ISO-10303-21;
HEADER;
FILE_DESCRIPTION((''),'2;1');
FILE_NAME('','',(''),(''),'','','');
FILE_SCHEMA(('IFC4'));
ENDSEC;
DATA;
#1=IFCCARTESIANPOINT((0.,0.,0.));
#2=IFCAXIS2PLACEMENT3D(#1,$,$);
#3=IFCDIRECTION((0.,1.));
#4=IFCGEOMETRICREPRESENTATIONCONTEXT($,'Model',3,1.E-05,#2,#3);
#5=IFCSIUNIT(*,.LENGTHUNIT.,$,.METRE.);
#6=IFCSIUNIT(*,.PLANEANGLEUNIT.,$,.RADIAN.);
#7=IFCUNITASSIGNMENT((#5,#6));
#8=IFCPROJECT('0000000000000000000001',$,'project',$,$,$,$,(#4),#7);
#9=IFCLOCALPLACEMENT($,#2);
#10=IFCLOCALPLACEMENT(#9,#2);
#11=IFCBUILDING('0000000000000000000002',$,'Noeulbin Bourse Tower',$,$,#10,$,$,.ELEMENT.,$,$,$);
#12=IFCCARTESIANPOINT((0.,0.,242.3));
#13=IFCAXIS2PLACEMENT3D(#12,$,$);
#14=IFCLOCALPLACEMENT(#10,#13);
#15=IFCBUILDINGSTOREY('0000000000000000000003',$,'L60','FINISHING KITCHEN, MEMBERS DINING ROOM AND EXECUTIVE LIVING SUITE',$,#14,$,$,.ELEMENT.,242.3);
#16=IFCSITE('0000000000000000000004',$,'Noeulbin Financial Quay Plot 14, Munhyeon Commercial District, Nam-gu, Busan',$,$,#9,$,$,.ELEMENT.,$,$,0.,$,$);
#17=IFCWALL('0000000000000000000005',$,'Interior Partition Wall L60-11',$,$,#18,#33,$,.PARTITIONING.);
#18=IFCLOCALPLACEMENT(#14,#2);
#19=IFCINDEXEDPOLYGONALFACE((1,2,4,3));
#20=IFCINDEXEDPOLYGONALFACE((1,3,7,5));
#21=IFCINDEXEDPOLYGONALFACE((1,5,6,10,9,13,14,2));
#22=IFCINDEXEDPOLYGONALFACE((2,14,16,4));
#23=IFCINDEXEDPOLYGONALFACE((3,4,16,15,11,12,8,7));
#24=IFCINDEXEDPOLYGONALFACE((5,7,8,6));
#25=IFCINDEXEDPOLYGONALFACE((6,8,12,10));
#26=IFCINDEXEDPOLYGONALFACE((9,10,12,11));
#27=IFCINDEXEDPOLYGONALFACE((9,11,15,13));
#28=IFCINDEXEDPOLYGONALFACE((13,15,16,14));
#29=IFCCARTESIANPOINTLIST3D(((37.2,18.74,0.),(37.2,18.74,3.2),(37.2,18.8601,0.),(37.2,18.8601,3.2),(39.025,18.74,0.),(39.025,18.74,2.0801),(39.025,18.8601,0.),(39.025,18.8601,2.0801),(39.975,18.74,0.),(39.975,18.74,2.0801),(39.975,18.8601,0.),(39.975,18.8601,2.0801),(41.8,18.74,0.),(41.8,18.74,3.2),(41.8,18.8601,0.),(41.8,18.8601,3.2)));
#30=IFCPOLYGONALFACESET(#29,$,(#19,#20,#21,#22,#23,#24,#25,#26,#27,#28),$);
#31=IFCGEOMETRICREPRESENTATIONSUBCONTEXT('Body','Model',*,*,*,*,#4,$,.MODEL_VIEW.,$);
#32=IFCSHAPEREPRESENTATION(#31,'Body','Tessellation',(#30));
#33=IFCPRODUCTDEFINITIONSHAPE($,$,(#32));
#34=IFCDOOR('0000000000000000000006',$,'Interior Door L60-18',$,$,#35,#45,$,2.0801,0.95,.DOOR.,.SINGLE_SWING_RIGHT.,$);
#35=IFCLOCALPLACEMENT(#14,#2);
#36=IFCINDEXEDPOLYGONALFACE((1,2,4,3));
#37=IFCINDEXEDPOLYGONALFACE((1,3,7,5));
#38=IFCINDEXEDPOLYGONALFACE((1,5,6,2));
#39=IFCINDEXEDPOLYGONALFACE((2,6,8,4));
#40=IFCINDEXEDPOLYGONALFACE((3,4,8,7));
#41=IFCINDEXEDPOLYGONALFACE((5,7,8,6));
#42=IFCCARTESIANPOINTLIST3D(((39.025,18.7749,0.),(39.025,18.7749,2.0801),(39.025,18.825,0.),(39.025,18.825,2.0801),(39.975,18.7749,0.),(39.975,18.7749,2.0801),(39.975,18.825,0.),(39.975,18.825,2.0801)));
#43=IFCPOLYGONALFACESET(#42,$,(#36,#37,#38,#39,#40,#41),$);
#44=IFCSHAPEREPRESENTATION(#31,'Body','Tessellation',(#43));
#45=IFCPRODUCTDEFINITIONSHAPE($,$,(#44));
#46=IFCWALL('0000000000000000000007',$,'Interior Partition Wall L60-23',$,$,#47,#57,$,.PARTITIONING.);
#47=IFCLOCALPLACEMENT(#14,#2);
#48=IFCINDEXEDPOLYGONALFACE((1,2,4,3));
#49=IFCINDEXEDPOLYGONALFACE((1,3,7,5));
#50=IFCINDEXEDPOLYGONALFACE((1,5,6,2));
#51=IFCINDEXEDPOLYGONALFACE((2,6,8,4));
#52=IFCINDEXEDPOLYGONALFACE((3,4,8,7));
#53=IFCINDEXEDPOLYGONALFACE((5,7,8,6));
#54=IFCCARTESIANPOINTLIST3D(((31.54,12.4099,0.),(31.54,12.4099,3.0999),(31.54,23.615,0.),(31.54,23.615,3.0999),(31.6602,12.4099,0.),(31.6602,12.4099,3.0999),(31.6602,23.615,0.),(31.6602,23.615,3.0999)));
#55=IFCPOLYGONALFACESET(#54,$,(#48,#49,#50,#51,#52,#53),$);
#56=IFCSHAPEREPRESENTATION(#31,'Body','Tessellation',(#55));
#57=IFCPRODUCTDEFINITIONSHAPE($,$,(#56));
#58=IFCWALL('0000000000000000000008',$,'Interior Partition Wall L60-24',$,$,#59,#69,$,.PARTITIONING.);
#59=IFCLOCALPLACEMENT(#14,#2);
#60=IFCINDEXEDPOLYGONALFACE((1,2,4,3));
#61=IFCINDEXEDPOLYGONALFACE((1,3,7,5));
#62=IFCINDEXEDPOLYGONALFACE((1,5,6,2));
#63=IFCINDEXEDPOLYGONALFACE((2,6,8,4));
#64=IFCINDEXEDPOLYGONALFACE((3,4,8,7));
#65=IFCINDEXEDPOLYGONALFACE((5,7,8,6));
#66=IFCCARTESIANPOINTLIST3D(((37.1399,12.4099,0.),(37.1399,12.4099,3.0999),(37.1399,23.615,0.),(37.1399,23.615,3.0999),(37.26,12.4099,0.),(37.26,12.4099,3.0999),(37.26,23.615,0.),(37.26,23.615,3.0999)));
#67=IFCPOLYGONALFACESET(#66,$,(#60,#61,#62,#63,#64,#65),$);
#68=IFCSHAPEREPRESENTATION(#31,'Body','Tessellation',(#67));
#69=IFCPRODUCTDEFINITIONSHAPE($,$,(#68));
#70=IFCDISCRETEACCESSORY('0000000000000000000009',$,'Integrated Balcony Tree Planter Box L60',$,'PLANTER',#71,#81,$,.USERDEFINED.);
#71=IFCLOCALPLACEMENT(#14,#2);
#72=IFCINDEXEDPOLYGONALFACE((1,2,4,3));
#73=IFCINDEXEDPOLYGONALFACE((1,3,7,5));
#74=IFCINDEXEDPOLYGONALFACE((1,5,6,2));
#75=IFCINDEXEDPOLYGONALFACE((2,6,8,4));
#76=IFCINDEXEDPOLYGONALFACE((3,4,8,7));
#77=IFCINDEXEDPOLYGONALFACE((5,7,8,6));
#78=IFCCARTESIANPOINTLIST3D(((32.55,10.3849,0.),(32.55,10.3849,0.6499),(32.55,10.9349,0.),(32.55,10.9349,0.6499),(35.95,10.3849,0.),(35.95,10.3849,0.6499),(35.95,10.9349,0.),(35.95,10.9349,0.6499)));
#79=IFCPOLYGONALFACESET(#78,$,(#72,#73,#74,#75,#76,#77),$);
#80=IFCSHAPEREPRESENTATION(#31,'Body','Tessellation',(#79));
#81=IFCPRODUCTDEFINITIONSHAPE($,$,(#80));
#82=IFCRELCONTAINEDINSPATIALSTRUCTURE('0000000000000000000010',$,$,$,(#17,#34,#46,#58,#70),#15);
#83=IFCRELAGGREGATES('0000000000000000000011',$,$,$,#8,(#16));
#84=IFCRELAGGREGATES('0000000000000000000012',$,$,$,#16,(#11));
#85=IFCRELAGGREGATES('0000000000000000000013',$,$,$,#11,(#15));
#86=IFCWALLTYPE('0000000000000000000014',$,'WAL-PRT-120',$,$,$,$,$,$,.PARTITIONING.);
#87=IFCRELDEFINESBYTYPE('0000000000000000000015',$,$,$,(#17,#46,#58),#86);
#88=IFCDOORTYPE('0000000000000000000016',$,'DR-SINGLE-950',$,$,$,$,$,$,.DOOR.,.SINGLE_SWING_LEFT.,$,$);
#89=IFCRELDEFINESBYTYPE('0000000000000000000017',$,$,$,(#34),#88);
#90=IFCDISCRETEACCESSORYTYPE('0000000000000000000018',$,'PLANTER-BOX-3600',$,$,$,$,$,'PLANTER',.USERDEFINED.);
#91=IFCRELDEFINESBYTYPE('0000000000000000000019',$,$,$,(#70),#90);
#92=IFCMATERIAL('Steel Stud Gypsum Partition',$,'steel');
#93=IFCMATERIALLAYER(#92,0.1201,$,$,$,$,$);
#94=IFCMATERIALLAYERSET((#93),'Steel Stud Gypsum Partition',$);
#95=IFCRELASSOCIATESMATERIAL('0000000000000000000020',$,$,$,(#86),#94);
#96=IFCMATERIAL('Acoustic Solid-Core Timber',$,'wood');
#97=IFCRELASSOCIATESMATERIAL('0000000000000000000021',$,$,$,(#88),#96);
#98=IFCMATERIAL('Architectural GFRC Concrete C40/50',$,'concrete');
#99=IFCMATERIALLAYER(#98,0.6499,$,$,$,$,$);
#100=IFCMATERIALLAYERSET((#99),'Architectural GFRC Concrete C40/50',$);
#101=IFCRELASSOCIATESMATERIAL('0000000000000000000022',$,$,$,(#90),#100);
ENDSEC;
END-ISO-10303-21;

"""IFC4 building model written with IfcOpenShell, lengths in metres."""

from ifc_helpers import new_model, si_unit, direction, frame, frame_2d, origin, origin_2d, place, context, subcontext, project, spatial, rectangle, extrude, material, layer, layer_set, type_object, element, fill, save


model = new_model("IFC4")

# Units and contexts
model_context = context("Model", 3, precision=1e-05, world=origin(), true_north=direction((0.0, 1.0)))
body_context = subcontext(model_context, "Body", "Model", "MODEL_VIEW")
ifc_project = project(units=[si_unit("LENGTHUNIT", "METRE"), si_unit("PLANEANGLEUNIT", "RADIAN")], contexts=[model_context])

# Site, building, storey
site_placement = place(None, origin())
site = spatial("IfcSite", under=ifc_project, at=site_placement, Name="Noeulbin Financial Quay Plot 14, Munhyeon Commercial District, Nam-gu, Busan", CompositionType="ELEMENT", RefElevation=0.0)
building_placement = place(site_placement, origin())
building = spatial("IfcBuilding", under=site, at=building_placement, Name="Noeulbin Bourse Tower", CompositionType="ELEMENT")
storey_placement = place(building_placement, frame((0.0, 0.0, 242.3)))
storey = spatial("IfcBuildingStorey", under=building, at=storey_placement, Name="L60", Description="FINISHING KITCHEN, MEMBERS DINING ROOM AND EXECUTIVE LIVING SUITE", CompositionType="ELEMENT", Elevation=242.3)

# Wall, opening, door
ifc_material_1 = material(Name="Steel Stud Gypsum Partition", Category="steel")
ifc_layer_1 = layer(ifc_material_1, 0.1201)
ifc_layer_set_1 = layer_set([ifc_layer_1], Name="Steel Stud Gypsum Partition")
wall_type_1 = type_object("IfcWallType", Name="WAL-PRT-120", PredefinedType="PARTITIONING", material=ifc_layer_set_1)
ifc_material_2 = material(Name="Acoustic Solid-Core Timber", Category="wood")
door_type_1 = type_object("IfcDoorType", Name="DR-SINGLE-950", OperationType="SINGLE_SWING_LEFT", PredefinedType="DOOR", material=ifc_material_2)
wall_1_placement = place(storey_placement, frame((37.2, 18.8, 0.0), z_axis=(0.0, 0.0, 1.0), x_axis=(1.0, 0.0, 0.0)))
wall_1 = element("IfcWall", 1, at=wall_1_placement, inside=storey, type_object=wall_type_1, Name="Interior Partition Wall L60-11", PredefinedType="PARTITIONING", context=body_context, shape_type="SweptSolid", body=[
    extrude(rectangle(XDim=4.6001, YDim=0.1201, at=frame_2d((2.3, 0.0))), origin(), (0.0, 0.0, 1.0), 3.2),
])
opening_1_placement = place(wall_1_placement, frame((1.825, 0.0, 0.0)))
opening_1 = element("IfcOpeningElement", 2, at=opening_1_placement, cuts=wall_1, PredefinedType="OPENING", context=body_context, shape_type="SweptSolid", body=[
    extrude(rectangle(XDim=0.95, YDim=2.0801, at=frame_2d((0.4751, 1.04))), frame((0.0, 0.0701, 0.0), z_axis=(0.0, -1.0, 0.0), x_axis=(1.0, 0.0, 0.0)), (0.0, 0.0, 1.0), 0.1401),
])
door_1_placement = place(opening_1_placement, origin())
door_1 = element("IfcDoor", 3, at=door_1_placement, inside=storey, type_object=door_type_1, Name="Interior Door L60-18", OperationType="SINGLE_SWING_RIGHT", OverallHeight=2.0801, OverallWidth=0.95, PredefinedType="DOOR", context=body_context, shape_type="SweptSolid", body=[
    extrude(rectangle(XDim=0.95, YDim=2.0801, at=frame_2d((0.4751, 1.04))), frame((0.0, 0.0249, 0.0), z_axis=(0.0, -1.0, 0.0), x_axis=(1.0, 0.0, 0.0)), (0.0, 0.0, 1.0), 0.05),
])
fill(opening_1, door_1)

# Walls
for number, where, z_axis, x_axis, name in (
    (4, (31.6001, 12.4099, 0.0), (0.0, 0.0, 1.0), (0.0, 1.0, 0.0), "Interior Partition Wall L60-23"),
    (5, (37.2, 12.4099, 0.0), (0.0, 0.0, 1.0), (0.0, 1.0, 0.0), "Interior Partition Wall L60-24"),
):
    element("IfcWall", number, at=place(storey_placement, frame(where, z_axis=z_axis, x_axis=x_axis)), inside=storey, type_object=wall_type_1, Name=name, PredefinedType="PARTITIONING", context=body_context, shape_type="SweptSolid", body=[
        extrude(rectangle(XDim=11.2051, YDim=0.1201, at=frame_2d((5.6025, 0.0))), origin(), (0.0, 0.0, 1.0), 3.0999),
    ])

# Discrete accessory
ifc_material_3 = material(Name="Architectural GFRC Concrete C40/50", Category="concrete")
ifc_layer_2 = layer(ifc_material_3, 0.6499)
ifc_layer_set_2 = layer_set([ifc_layer_2], Name="Architectural GFRC Concrete C40/50")
discrete_accessory_type = type_object("IfcDiscreteAccessoryType", Name="PLANTER-BOX-3600", ElementType="PLANTER", PredefinedType="USERDEFINED", material=ifc_layer_set_2)
discrete_accessory_placement = place(storey_placement, frame((34.25, 10.6599, 0.0), z_axis=(0.0, 0.0, 1.0), x_axis=(1.0, 0.0, 0.0)))
element("IfcDiscreteAccessory", 6, at=discrete_accessory_placement, inside=storey, type_object=discrete_accessory_type, Name="Integrated Balcony Tree Planter Box L60", ObjectType="PLANTER", PredefinedType="USERDEFINED", context=body_context, shape_type="SweptSolid", body=[
    extrude(rectangle(XDim=3.3999, YDim=0.55, at=origin_2d()), origin(), (0.0, 0.0, 1.0), 0.6499),
])

save(model, "model.ifc")
